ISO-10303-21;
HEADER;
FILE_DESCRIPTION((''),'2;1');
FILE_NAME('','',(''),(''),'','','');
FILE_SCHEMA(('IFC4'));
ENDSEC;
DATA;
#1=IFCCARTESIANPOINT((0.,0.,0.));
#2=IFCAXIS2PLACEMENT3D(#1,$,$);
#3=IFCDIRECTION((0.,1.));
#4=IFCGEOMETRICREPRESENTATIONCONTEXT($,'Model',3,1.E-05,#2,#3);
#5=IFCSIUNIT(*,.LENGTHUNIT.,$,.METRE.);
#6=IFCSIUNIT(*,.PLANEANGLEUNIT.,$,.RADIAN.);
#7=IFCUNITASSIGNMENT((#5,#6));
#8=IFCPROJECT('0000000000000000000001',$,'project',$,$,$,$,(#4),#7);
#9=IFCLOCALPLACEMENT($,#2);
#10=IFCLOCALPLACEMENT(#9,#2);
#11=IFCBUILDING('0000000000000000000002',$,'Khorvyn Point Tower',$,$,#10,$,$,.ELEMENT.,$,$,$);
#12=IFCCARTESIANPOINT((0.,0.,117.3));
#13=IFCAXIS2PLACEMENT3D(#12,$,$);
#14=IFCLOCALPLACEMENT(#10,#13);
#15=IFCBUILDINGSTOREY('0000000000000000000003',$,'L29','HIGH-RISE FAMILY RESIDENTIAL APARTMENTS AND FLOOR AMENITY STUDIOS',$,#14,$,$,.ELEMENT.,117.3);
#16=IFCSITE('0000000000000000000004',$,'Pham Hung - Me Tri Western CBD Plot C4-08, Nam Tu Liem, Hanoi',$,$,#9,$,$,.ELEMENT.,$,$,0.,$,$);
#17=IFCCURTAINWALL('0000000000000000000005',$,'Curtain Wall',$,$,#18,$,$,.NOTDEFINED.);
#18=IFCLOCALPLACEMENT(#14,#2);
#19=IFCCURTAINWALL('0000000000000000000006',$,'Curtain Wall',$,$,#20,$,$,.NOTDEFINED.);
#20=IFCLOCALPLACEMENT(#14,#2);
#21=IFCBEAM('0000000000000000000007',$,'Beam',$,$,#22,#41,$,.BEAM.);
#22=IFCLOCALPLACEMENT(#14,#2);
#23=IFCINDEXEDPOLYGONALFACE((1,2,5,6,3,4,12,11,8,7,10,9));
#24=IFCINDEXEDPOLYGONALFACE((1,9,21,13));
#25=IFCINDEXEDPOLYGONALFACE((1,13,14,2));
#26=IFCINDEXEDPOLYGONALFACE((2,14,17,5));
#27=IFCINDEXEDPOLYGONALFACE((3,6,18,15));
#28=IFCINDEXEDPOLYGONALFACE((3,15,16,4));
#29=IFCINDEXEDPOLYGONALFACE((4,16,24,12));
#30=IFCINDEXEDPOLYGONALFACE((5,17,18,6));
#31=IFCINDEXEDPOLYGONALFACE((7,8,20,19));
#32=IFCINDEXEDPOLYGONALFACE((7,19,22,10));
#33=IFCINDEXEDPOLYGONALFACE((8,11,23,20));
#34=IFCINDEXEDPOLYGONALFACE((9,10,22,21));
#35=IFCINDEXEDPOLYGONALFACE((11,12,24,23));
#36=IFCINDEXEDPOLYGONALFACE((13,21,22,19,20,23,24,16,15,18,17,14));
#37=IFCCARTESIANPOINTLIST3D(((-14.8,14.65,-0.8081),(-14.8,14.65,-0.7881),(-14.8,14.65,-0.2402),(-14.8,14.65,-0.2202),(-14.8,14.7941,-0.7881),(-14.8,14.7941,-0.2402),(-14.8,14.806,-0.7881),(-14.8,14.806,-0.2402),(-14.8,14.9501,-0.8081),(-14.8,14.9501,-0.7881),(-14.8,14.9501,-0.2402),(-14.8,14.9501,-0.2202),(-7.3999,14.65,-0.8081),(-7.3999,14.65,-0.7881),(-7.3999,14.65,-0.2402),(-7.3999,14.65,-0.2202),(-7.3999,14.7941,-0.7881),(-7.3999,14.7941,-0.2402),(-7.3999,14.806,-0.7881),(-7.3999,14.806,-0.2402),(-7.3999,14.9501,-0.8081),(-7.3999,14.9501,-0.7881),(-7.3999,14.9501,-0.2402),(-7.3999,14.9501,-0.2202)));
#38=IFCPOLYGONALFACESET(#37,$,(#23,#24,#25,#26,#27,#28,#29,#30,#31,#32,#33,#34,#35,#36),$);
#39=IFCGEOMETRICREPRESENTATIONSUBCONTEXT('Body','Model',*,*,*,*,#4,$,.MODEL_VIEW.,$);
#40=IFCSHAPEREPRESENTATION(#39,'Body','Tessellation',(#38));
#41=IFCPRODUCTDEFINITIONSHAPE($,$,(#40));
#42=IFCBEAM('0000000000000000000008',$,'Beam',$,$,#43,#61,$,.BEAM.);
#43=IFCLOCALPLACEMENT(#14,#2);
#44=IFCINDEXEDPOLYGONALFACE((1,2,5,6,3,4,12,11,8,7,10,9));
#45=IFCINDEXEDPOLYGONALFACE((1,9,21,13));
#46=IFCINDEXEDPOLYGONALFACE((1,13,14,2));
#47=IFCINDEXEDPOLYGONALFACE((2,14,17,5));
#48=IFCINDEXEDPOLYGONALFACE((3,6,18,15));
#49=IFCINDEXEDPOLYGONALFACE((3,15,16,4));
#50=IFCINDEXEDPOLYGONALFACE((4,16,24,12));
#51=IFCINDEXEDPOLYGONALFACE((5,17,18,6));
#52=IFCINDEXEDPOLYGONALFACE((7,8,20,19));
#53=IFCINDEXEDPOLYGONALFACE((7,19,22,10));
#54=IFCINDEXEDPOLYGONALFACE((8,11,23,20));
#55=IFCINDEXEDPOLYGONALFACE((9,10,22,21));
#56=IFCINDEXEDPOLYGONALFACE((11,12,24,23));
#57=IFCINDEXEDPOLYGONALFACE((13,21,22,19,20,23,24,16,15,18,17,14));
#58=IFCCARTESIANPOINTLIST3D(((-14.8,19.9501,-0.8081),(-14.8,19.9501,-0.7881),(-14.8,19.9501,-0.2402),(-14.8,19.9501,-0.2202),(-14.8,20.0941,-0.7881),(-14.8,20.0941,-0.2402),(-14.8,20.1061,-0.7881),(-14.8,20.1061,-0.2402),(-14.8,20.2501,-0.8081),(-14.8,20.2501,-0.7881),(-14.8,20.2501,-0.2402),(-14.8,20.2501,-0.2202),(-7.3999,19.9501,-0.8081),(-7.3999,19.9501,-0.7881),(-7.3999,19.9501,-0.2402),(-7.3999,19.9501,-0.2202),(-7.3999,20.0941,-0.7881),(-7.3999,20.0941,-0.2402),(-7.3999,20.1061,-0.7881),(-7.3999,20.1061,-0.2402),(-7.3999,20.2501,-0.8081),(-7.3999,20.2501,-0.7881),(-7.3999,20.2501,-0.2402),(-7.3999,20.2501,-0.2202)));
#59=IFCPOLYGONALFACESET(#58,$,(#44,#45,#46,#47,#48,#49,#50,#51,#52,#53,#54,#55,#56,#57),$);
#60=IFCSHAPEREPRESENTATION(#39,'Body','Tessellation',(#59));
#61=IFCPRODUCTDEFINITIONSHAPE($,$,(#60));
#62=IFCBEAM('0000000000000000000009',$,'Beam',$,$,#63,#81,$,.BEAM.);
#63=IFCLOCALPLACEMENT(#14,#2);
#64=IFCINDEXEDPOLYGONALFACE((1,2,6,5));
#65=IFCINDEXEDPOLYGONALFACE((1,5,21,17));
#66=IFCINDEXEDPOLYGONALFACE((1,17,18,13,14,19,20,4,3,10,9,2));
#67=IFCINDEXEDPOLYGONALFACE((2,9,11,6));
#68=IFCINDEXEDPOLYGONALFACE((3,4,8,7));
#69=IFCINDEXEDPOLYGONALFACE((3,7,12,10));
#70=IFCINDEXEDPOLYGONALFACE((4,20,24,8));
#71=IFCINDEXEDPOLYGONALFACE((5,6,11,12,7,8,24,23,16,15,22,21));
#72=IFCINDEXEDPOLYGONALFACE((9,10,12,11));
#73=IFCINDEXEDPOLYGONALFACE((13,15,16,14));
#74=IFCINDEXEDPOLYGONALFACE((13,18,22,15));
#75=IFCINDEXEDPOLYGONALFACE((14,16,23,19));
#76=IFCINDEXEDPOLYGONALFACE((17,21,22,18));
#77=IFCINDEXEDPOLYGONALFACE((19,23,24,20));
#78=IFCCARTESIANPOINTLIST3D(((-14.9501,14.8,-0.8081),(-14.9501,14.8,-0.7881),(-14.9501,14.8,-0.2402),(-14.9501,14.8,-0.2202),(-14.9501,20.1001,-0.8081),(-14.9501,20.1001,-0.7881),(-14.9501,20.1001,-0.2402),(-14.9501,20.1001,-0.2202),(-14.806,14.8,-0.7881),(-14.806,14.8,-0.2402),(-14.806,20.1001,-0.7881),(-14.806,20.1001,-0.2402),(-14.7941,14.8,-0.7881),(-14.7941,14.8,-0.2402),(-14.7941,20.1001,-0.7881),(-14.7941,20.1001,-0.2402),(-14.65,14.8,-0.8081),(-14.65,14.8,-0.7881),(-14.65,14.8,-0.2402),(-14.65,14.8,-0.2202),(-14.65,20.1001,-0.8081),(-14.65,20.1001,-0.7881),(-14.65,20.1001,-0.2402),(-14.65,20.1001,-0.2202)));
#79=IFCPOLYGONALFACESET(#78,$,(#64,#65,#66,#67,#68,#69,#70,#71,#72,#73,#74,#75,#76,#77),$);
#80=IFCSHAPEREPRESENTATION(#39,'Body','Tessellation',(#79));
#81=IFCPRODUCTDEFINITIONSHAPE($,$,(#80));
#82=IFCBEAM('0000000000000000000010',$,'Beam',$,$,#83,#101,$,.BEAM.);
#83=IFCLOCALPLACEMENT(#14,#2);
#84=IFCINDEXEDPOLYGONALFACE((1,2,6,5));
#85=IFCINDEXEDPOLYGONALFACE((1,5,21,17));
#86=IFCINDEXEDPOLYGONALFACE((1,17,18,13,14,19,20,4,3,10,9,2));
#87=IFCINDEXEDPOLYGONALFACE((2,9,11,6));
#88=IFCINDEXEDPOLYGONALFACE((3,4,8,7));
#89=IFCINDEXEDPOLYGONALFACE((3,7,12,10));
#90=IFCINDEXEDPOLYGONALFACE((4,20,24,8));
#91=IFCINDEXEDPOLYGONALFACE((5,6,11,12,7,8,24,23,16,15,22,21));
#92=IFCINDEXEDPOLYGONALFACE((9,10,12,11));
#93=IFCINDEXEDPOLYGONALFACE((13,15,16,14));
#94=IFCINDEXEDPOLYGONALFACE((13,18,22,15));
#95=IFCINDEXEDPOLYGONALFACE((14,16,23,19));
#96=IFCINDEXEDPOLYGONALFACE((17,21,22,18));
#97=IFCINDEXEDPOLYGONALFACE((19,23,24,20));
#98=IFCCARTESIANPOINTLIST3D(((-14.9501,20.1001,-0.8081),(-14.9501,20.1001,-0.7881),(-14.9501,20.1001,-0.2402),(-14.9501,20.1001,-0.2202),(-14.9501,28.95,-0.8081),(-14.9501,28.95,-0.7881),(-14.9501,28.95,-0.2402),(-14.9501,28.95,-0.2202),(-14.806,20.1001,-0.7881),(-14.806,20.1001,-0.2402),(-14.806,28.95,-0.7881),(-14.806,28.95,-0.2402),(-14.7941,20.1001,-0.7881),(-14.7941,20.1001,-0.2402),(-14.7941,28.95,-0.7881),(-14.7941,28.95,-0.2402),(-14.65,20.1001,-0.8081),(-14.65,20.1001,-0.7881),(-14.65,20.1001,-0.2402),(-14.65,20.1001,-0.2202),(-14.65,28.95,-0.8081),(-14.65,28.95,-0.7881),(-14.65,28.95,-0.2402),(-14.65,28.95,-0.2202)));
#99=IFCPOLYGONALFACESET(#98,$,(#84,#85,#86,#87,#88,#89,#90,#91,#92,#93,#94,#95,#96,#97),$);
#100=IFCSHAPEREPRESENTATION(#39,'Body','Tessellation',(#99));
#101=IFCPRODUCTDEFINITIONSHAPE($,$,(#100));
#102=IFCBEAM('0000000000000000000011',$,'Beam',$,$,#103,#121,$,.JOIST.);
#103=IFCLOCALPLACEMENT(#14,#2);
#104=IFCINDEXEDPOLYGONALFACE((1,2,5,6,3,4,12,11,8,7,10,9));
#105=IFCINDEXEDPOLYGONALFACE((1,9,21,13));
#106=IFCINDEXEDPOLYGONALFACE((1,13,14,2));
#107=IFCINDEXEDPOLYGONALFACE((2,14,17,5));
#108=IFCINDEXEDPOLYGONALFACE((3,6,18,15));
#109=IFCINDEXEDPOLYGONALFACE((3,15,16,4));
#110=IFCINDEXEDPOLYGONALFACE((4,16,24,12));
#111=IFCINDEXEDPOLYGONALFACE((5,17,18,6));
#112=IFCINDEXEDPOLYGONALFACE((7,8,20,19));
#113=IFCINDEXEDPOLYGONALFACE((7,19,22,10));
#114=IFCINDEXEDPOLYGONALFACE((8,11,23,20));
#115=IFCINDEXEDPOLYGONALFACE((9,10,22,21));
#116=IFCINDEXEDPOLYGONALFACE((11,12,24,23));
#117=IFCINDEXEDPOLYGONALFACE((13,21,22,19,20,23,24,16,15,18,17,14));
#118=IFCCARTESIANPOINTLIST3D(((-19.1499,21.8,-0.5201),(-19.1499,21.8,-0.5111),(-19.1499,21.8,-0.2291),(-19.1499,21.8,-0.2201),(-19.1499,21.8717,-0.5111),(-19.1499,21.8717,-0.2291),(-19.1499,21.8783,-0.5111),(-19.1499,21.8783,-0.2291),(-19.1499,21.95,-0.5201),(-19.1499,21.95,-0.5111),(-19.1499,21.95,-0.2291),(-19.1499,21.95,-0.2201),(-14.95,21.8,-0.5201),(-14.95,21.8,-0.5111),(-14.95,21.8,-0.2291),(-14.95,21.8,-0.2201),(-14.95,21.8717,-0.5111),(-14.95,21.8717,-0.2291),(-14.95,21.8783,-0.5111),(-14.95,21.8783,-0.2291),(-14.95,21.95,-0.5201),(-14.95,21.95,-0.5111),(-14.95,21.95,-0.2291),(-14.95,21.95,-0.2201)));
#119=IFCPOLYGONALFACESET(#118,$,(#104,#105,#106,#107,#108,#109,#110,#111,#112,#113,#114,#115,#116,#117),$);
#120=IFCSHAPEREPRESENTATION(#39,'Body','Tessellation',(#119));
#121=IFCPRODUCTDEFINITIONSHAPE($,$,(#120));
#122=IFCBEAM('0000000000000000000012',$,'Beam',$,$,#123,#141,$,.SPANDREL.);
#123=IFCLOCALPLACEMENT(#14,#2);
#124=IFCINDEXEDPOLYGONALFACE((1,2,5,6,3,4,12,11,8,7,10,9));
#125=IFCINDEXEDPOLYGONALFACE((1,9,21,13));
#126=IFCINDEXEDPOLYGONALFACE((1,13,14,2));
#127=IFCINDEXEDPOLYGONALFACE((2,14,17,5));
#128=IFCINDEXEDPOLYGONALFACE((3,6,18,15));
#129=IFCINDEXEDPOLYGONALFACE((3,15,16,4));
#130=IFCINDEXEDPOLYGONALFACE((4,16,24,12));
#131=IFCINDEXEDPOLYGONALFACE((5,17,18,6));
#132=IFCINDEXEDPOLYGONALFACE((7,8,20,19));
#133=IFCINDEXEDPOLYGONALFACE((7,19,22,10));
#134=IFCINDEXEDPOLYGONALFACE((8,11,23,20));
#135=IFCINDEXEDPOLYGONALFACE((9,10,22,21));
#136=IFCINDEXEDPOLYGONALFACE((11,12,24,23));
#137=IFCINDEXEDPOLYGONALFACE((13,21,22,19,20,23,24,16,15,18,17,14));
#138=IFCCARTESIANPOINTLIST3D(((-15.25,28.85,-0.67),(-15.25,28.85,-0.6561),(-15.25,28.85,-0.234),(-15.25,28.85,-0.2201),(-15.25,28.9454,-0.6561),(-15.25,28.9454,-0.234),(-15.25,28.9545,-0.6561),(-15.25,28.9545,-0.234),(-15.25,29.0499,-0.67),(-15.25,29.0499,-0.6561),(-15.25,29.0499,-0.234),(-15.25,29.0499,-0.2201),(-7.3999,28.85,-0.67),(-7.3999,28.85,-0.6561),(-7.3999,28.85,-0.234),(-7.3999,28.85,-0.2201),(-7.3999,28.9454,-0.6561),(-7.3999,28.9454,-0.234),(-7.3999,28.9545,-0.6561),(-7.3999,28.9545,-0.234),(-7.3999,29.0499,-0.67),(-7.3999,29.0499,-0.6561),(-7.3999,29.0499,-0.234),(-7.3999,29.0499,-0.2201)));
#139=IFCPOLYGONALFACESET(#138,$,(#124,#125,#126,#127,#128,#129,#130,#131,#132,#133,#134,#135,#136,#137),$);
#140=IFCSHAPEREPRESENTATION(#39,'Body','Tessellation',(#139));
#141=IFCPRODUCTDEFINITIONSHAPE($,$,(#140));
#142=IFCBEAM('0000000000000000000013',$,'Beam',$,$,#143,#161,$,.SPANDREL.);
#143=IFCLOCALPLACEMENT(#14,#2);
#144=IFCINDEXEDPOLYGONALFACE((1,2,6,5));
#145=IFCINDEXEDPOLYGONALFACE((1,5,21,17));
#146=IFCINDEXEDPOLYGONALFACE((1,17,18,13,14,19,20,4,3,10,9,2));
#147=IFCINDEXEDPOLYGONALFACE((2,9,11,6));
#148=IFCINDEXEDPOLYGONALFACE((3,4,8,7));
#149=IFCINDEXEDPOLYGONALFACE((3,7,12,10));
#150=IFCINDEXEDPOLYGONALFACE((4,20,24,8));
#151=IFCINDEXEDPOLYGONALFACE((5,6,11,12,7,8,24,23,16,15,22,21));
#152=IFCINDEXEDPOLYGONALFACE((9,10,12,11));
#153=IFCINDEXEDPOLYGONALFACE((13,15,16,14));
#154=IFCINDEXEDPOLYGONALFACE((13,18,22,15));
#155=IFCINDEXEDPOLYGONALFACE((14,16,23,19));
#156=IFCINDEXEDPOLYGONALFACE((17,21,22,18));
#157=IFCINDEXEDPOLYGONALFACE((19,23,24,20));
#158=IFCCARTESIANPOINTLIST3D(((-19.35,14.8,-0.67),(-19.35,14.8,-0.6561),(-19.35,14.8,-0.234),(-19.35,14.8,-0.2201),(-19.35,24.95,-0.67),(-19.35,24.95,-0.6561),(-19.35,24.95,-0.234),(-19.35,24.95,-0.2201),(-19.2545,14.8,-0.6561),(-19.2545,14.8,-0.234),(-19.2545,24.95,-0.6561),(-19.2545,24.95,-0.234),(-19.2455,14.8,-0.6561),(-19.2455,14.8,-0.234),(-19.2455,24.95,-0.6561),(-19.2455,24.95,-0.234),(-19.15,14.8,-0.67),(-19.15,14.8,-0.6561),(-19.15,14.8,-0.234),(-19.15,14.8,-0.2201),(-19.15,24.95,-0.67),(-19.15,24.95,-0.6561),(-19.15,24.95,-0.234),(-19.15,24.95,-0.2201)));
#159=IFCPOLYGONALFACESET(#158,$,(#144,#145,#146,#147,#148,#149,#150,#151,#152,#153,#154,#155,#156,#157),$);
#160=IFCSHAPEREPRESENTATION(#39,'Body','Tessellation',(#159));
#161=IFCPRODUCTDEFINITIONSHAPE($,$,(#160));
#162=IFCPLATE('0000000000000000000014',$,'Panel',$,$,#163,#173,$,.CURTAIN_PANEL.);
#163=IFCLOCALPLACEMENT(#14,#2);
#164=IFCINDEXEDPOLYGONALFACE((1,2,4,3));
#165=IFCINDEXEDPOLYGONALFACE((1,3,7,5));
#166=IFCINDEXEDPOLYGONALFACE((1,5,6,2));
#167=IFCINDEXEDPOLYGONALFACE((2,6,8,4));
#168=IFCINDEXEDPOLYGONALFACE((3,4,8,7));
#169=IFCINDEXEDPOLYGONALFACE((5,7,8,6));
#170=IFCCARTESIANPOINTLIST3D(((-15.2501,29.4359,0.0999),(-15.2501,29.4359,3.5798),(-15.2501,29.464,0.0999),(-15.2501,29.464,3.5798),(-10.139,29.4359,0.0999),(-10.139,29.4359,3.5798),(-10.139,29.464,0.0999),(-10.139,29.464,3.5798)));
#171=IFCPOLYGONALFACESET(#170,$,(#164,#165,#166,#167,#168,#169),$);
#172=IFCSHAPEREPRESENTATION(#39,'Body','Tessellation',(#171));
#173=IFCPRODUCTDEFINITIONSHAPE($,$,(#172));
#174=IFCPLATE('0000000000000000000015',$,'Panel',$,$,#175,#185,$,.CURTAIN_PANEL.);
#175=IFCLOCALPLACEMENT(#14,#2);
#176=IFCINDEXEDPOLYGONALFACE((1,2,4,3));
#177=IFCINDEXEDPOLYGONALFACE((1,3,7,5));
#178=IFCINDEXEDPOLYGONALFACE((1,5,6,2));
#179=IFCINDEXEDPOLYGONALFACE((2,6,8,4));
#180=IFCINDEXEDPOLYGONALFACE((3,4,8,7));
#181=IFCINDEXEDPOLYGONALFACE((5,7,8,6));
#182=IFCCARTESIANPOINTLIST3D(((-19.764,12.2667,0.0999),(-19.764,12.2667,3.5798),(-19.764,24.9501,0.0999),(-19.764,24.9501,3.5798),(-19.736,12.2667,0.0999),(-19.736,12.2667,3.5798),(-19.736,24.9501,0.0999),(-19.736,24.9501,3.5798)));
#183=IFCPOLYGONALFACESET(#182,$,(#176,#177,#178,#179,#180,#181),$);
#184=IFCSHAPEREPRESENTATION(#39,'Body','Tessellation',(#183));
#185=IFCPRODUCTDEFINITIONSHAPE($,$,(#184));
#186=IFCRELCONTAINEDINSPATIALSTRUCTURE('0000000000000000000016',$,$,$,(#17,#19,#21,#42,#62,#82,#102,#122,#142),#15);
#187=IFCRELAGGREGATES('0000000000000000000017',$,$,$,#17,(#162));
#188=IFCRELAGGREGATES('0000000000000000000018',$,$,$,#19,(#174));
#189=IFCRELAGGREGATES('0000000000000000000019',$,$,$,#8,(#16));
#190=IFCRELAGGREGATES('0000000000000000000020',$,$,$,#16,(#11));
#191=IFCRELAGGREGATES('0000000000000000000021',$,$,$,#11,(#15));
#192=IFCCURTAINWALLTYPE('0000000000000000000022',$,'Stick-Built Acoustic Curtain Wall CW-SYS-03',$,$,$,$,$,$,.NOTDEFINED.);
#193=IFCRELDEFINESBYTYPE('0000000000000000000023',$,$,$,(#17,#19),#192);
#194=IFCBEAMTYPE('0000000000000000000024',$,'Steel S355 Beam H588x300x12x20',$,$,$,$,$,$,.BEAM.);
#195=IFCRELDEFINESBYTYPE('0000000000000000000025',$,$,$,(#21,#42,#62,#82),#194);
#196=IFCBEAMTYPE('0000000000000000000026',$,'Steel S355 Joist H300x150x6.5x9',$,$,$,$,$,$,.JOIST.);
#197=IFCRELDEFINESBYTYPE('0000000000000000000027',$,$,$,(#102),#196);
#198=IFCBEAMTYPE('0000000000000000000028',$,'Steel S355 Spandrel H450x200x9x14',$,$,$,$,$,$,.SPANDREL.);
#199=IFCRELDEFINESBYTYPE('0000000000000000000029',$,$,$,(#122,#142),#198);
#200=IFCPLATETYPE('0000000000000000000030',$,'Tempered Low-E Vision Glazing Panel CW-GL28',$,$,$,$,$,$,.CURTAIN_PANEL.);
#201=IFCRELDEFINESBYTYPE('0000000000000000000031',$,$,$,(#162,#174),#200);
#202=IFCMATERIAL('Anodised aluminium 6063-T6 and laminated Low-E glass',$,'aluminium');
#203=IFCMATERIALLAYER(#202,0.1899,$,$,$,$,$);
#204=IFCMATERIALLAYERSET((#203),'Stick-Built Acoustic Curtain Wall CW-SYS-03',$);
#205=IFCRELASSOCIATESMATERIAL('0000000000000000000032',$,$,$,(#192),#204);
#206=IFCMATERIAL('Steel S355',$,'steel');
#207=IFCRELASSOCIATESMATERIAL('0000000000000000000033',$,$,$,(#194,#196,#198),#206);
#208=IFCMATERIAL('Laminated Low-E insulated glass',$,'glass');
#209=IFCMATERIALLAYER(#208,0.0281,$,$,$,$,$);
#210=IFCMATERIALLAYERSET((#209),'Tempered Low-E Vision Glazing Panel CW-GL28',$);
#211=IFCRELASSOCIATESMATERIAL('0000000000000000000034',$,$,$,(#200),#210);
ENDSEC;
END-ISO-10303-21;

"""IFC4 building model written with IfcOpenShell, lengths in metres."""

from ifc_helpers import new_model, si_unit, direction, frame, origin, origin_2d, place, context, subcontext, project, spatial, rectangle, i_section, extrude, material, layer, layer_set, material_profile, profile_set, type_object, element, aggregate, save


model = new_model("IFC4")

# Units and contexts
model_context = context("Model", 3, precision=1e-05, world=origin(), true_north=direction((0.0, 1.0)))
body_context = subcontext(model_context, "Body", "Model", "MODEL_VIEW")
ifc_project = project(units=[si_unit("LENGTHUNIT", "METRE"), si_unit("PLANEANGLEUNIT", "RADIAN")], contexts=[model_context])

# Site, building, storey
site_placement = place(None, origin())
site = spatial("IfcSite", under=ifc_project, at=site_placement, Name="Pham Hung - Me Tri Western CBD Plot C4-08, Nam Tu Liem, Hanoi", CompositionType="ELEMENT", RefElevation=0.0)
building_placement = place(site_placement, origin())
building = spatial("IfcBuilding", under=site, at=building_placement, Name="Khorvyn Point Tower", CompositionType="ELEMENT")
storey_placement = place(building_placement, frame((0.0, 0.0, 117.3)))
storey = spatial("IfcBuildingStorey", under=building, at=storey_placement, Name="L29", Description="HIGH-RISE FAMILY RESIDENTIAL APARTMENTS AND FLOOR AMENITY STUDIOS", CompositionType="ELEMENT", Elevation=117.3)

# Curtain walls
ifc_material_1 = material(Name="Anodised aluminium 6063-T6 and laminated Low-E glass", Category="aluminium")
ifc_layer_1 = layer(ifc_material_1, 0.1899)
ifc_layer_set_1 = layer_set([ifc_layer_1], Name="Stick-Built Acoustic Curtain Wall CW-SYS-03")
curtain_wall_type = type_object("IfcCurtainWallType", Name="Stick-Built Acoustic Curtain Wall CW-SYS-03", PredefinedType="NOTDEFINED", material=ifc_layer_set_1)
curtain_wall_1_placement = place(storey_placement, origin())
curtain_wall_1 = element("IfcCurtainWall", 1, at=curtain_wall_1_placement, inside=storey, type_object=curtain_wall_type, Name="Curtain Wall", PredefinedType="NOTDEFINED")
curtain_wall_2_placement = place(storey_placement, origin())
curtain_wall_2 = element("IfcCurtainWall", 2, at=curtain_wall_2_placement, inside=storey, type_object=curtain_wall_type, Name="Curtain Wall", PredefinedType="NOTDEFINED")

# Beams
ifc_material_2 = material(Name="Steel S355", Category="steel")
ifc_material_profile_1 = material_profile(ifc_material_2, i_section(OverallWidth=0.3, OverallDepth=0.5879, WebThickness=0.012, FlangeThickness=0.02, at=origin_2d()))
ifc_profile_set_1 = profile_set([ifc_material_profile_1], Name="Steel S355 H588x300x12x20")
beam_type_1 = type_object("IfcBeamType", Name="Steel S355 Beam H588x300x12x20", PredefinedType="BEAM", material=ifc_profile_set_1)
for number, where, z_axis, x_axis, name in (
    (3, (-14.8, 14.8, -0.5142), (1.0, 0.0, 0.0), (0.0, 1.0, 0.0), "Beam"),
    (4, (-14.8, 20.1001, -0.5142), (1.0, 0.0, 0.0), (0.0, 1.0, 0.0), "Beam"),
):
    element("IfcBeam", number, at=place(storey_placement, frame(where, z_axis=z_axis, x_axis=x_axis)), inside=storey, type_object=beam_type_1, Name=name, PredefinedType="BEAM", context=body_context, shape_type="SweptSolid", body=[
        extrude(i_section(OverallWidth=0.3, OverallDepth=0.5879, WebThickness=0.012, FlangeThickness=0.02, at=origin_2d()), origin(), (0.0, 0.0, 1.0), 7.4001),
    ])
beam_1_placement = place(storey_placement, frame((-14.8, 14.8, -0.5142), z_axis=(0.0, 1.0, 0.0), x_axis=(-1.0, 0.0, 0.0)))
element("IfcBeam", 5, at=beam_1_placement, inside=storey, type_object=beam_type_1, Name="Beam", PredefinedType="BEAM", context=body_context, shape_type="SweptSolid", body=[
    extrude(i_section(OverallWidth=0.3, OverallDepth=0.5879, WebThickness=0.012, FlangeThickness=0.02, at=origin_2d()), origin(), (0.0, 0.0, 1.0), 5.3),
])
beam_2_placement = place(storey_placement, frame((-14.8, 20.1001, -0.5142), z_axis=(0.0, 1.0, 0.0), x_axis=(-1.0, 0.0, 0.0)))
element("IfcBeam", 6, at=beam_2_placement, inside=storey, type_object=beam_type_1, Name="Beam", PredefinedType="BEAM", context=body_context, shape_type="SweptSolid", body=[
    extrude(i_section(OverallWidth=0.3, OverallDepth=0.5879, WebThickness=0.012, FlangeThickness=0.02, at=origin_2d()), origin(), (0.0, 0.0, 1.0), 8.8499),
])
ifc_material_profile_2 = material_profile(ifc_material_2, i_section(OverallWidth=0.1499, OverallDepth=0.3, WebThickness=0.0066, FlangeThickness=0.009, at=origin_2d()))
ifc_profile_set_2 = profile_set([ifc_material_profile_2], Name="Steel S355 H300x150x6.5x9")
beam_type_2 = type_object("IfcBeamType", Name="Steel S355 Joist H300x150x6.5x9", PredefinedType="JOIST", material=ifc_profile_set_2)
beam_3_placement = place(storey_placement, frame((-19.1499, 21.875, -0.3701), z_axis=(1.0, 0.0, 0.0), x_axis=(0.0, 1.0, 0.0)))
element("IfcBeam", 7, at=beam_3_placement, inside=storey, type_object=beam_type_2, Name="Beam", PredefinedType="JOIST", context=body_context, shape_type="SweptSolid", body=[
    extrude(i_section(OverallWidth=0.1499, OverallDepth=0.3, WebThickness=0.0066, FlangeThickness=0.009, at=origin_2d()), origin(), (0.0, 0.0, 1.0), 4.2),
])
ifc_material_profile_3 = material_profile(ifc_material_2, i_section(OverallWidth=0.2, OverallDepth=0.45, WebThickness=0.009, FlangeThickness=0.0139, at=origin_2d()))
ifc_profile_set_3 = profile_set([ifc_material_profile_3], Name="Steel S355 H450x200x9x14")
beam_type_3 = type_object("IfcBeamType", Name="Steel S355 Spandrel H450x200x9x14", PredefinedType="SPANDREL", material=ifc_profile_set_3)
beam_4_placement = place(storey_placement, frame((-15.25, 28.95, -0.4451), z_axis=(1.0, 0.0, 0.0), x_axis=(0.0, 1.0, 0.0)))
element("IfcBeam", 8, at=beam_4_placement, inside=storey, type_object=beam_type_3, Name="Beam", PredefinedType="SPANDREL", context=body_context, shape_type="SweptSolid", body=[
    extrude(i_section(OverallWidth=0.2, OverallDepth=0.45, WebThickness=0.009, FlangeThickness=0.0139, at=origin_2d()), origin(), (0.0, 0.0, 1.0), 7.8501),
])
beam_5_placement = place(storey_placement, frame((-19.25, 14.8, -0.4451), z_axis=(0.0, 1.0, 0.0), x_axis=(-1.0, 0.0, 0.0)))
element("IfcBeam", 9, at=beam_5_placement, inside=storey, type_object=beam_type_3, Name="Beam", PredefinedType="SPANDREL", context=body_context, shape_type="SweptSolid", body=[
    extrude(i_section(OverallWidth=0.2, OverallDepth=0.45, WebThickness=0.009, FlangeThickness=0.0139, at=origin_2d()), origin(), (0.0, 0.0, 1.0), 10.1499),
])

# Plates
ifc_material_3 = material(Name="Laminated Low-E insulated glass", Category="glass")
ifc_layer_2 = layer(ifc_material_3, 0.0281)
ifc_layer_set_2 = layer_set([ifc_layer_2], Name="Tempered Low-E Vision Glazing Panel CW-GL28")
plate_type = type_object("IfcPlateType", Name="Tempered Low-E Vision Glazing Panel CW-GL28", PredefinedType="CURTAIN_PANEL", material=ifc_layer_set_2)
plate_1_placement = place(storey_placement, frame((-12.6946, 29.45, 0.0999), z_axis=(0.0, 0.0, 1.0), x_axis=(1.0, 0.0, 0.0)))
plate_1 = element("IfcPlate", 10, at=plate_1_placement, type_object=plate_type, Name="Panel", PredefinedType="CURTAIN_PANEL", context=body_context, shape_type="SweptSolid", body=[
    extrude(rectangle(XDim=5.1111, YDim=0.0281, at=origin_2d()), origin(), (0.0, 0.0, 1.0), 3.48),
])
aggregate(curtain_wall_1, [plate_1])
plate_2_placement = place(storey_placement, frame((-19.75, 18.6084, 0.0999), z_axis=(0.0, 0.0, 1.0), x_axis=(0.0, 1.0, 0.0)))
plate_2 = element("IfcPlate", 11, at=plate_2_placement, type_object=plate_type, Name="Panel", PredefinedType="CURTAIN_PANEL", context=body_context, shape_type="SweptSolid", body=[
    extrude(rectangle(XDim=12.6833, YDim=0.0281, at=origin_2d()), origin(), (0.0, 0.0, 1.0), 3.48),
])
aggregate(curtain_wall_2, [plate_2])

save(model, "model.ifc")
